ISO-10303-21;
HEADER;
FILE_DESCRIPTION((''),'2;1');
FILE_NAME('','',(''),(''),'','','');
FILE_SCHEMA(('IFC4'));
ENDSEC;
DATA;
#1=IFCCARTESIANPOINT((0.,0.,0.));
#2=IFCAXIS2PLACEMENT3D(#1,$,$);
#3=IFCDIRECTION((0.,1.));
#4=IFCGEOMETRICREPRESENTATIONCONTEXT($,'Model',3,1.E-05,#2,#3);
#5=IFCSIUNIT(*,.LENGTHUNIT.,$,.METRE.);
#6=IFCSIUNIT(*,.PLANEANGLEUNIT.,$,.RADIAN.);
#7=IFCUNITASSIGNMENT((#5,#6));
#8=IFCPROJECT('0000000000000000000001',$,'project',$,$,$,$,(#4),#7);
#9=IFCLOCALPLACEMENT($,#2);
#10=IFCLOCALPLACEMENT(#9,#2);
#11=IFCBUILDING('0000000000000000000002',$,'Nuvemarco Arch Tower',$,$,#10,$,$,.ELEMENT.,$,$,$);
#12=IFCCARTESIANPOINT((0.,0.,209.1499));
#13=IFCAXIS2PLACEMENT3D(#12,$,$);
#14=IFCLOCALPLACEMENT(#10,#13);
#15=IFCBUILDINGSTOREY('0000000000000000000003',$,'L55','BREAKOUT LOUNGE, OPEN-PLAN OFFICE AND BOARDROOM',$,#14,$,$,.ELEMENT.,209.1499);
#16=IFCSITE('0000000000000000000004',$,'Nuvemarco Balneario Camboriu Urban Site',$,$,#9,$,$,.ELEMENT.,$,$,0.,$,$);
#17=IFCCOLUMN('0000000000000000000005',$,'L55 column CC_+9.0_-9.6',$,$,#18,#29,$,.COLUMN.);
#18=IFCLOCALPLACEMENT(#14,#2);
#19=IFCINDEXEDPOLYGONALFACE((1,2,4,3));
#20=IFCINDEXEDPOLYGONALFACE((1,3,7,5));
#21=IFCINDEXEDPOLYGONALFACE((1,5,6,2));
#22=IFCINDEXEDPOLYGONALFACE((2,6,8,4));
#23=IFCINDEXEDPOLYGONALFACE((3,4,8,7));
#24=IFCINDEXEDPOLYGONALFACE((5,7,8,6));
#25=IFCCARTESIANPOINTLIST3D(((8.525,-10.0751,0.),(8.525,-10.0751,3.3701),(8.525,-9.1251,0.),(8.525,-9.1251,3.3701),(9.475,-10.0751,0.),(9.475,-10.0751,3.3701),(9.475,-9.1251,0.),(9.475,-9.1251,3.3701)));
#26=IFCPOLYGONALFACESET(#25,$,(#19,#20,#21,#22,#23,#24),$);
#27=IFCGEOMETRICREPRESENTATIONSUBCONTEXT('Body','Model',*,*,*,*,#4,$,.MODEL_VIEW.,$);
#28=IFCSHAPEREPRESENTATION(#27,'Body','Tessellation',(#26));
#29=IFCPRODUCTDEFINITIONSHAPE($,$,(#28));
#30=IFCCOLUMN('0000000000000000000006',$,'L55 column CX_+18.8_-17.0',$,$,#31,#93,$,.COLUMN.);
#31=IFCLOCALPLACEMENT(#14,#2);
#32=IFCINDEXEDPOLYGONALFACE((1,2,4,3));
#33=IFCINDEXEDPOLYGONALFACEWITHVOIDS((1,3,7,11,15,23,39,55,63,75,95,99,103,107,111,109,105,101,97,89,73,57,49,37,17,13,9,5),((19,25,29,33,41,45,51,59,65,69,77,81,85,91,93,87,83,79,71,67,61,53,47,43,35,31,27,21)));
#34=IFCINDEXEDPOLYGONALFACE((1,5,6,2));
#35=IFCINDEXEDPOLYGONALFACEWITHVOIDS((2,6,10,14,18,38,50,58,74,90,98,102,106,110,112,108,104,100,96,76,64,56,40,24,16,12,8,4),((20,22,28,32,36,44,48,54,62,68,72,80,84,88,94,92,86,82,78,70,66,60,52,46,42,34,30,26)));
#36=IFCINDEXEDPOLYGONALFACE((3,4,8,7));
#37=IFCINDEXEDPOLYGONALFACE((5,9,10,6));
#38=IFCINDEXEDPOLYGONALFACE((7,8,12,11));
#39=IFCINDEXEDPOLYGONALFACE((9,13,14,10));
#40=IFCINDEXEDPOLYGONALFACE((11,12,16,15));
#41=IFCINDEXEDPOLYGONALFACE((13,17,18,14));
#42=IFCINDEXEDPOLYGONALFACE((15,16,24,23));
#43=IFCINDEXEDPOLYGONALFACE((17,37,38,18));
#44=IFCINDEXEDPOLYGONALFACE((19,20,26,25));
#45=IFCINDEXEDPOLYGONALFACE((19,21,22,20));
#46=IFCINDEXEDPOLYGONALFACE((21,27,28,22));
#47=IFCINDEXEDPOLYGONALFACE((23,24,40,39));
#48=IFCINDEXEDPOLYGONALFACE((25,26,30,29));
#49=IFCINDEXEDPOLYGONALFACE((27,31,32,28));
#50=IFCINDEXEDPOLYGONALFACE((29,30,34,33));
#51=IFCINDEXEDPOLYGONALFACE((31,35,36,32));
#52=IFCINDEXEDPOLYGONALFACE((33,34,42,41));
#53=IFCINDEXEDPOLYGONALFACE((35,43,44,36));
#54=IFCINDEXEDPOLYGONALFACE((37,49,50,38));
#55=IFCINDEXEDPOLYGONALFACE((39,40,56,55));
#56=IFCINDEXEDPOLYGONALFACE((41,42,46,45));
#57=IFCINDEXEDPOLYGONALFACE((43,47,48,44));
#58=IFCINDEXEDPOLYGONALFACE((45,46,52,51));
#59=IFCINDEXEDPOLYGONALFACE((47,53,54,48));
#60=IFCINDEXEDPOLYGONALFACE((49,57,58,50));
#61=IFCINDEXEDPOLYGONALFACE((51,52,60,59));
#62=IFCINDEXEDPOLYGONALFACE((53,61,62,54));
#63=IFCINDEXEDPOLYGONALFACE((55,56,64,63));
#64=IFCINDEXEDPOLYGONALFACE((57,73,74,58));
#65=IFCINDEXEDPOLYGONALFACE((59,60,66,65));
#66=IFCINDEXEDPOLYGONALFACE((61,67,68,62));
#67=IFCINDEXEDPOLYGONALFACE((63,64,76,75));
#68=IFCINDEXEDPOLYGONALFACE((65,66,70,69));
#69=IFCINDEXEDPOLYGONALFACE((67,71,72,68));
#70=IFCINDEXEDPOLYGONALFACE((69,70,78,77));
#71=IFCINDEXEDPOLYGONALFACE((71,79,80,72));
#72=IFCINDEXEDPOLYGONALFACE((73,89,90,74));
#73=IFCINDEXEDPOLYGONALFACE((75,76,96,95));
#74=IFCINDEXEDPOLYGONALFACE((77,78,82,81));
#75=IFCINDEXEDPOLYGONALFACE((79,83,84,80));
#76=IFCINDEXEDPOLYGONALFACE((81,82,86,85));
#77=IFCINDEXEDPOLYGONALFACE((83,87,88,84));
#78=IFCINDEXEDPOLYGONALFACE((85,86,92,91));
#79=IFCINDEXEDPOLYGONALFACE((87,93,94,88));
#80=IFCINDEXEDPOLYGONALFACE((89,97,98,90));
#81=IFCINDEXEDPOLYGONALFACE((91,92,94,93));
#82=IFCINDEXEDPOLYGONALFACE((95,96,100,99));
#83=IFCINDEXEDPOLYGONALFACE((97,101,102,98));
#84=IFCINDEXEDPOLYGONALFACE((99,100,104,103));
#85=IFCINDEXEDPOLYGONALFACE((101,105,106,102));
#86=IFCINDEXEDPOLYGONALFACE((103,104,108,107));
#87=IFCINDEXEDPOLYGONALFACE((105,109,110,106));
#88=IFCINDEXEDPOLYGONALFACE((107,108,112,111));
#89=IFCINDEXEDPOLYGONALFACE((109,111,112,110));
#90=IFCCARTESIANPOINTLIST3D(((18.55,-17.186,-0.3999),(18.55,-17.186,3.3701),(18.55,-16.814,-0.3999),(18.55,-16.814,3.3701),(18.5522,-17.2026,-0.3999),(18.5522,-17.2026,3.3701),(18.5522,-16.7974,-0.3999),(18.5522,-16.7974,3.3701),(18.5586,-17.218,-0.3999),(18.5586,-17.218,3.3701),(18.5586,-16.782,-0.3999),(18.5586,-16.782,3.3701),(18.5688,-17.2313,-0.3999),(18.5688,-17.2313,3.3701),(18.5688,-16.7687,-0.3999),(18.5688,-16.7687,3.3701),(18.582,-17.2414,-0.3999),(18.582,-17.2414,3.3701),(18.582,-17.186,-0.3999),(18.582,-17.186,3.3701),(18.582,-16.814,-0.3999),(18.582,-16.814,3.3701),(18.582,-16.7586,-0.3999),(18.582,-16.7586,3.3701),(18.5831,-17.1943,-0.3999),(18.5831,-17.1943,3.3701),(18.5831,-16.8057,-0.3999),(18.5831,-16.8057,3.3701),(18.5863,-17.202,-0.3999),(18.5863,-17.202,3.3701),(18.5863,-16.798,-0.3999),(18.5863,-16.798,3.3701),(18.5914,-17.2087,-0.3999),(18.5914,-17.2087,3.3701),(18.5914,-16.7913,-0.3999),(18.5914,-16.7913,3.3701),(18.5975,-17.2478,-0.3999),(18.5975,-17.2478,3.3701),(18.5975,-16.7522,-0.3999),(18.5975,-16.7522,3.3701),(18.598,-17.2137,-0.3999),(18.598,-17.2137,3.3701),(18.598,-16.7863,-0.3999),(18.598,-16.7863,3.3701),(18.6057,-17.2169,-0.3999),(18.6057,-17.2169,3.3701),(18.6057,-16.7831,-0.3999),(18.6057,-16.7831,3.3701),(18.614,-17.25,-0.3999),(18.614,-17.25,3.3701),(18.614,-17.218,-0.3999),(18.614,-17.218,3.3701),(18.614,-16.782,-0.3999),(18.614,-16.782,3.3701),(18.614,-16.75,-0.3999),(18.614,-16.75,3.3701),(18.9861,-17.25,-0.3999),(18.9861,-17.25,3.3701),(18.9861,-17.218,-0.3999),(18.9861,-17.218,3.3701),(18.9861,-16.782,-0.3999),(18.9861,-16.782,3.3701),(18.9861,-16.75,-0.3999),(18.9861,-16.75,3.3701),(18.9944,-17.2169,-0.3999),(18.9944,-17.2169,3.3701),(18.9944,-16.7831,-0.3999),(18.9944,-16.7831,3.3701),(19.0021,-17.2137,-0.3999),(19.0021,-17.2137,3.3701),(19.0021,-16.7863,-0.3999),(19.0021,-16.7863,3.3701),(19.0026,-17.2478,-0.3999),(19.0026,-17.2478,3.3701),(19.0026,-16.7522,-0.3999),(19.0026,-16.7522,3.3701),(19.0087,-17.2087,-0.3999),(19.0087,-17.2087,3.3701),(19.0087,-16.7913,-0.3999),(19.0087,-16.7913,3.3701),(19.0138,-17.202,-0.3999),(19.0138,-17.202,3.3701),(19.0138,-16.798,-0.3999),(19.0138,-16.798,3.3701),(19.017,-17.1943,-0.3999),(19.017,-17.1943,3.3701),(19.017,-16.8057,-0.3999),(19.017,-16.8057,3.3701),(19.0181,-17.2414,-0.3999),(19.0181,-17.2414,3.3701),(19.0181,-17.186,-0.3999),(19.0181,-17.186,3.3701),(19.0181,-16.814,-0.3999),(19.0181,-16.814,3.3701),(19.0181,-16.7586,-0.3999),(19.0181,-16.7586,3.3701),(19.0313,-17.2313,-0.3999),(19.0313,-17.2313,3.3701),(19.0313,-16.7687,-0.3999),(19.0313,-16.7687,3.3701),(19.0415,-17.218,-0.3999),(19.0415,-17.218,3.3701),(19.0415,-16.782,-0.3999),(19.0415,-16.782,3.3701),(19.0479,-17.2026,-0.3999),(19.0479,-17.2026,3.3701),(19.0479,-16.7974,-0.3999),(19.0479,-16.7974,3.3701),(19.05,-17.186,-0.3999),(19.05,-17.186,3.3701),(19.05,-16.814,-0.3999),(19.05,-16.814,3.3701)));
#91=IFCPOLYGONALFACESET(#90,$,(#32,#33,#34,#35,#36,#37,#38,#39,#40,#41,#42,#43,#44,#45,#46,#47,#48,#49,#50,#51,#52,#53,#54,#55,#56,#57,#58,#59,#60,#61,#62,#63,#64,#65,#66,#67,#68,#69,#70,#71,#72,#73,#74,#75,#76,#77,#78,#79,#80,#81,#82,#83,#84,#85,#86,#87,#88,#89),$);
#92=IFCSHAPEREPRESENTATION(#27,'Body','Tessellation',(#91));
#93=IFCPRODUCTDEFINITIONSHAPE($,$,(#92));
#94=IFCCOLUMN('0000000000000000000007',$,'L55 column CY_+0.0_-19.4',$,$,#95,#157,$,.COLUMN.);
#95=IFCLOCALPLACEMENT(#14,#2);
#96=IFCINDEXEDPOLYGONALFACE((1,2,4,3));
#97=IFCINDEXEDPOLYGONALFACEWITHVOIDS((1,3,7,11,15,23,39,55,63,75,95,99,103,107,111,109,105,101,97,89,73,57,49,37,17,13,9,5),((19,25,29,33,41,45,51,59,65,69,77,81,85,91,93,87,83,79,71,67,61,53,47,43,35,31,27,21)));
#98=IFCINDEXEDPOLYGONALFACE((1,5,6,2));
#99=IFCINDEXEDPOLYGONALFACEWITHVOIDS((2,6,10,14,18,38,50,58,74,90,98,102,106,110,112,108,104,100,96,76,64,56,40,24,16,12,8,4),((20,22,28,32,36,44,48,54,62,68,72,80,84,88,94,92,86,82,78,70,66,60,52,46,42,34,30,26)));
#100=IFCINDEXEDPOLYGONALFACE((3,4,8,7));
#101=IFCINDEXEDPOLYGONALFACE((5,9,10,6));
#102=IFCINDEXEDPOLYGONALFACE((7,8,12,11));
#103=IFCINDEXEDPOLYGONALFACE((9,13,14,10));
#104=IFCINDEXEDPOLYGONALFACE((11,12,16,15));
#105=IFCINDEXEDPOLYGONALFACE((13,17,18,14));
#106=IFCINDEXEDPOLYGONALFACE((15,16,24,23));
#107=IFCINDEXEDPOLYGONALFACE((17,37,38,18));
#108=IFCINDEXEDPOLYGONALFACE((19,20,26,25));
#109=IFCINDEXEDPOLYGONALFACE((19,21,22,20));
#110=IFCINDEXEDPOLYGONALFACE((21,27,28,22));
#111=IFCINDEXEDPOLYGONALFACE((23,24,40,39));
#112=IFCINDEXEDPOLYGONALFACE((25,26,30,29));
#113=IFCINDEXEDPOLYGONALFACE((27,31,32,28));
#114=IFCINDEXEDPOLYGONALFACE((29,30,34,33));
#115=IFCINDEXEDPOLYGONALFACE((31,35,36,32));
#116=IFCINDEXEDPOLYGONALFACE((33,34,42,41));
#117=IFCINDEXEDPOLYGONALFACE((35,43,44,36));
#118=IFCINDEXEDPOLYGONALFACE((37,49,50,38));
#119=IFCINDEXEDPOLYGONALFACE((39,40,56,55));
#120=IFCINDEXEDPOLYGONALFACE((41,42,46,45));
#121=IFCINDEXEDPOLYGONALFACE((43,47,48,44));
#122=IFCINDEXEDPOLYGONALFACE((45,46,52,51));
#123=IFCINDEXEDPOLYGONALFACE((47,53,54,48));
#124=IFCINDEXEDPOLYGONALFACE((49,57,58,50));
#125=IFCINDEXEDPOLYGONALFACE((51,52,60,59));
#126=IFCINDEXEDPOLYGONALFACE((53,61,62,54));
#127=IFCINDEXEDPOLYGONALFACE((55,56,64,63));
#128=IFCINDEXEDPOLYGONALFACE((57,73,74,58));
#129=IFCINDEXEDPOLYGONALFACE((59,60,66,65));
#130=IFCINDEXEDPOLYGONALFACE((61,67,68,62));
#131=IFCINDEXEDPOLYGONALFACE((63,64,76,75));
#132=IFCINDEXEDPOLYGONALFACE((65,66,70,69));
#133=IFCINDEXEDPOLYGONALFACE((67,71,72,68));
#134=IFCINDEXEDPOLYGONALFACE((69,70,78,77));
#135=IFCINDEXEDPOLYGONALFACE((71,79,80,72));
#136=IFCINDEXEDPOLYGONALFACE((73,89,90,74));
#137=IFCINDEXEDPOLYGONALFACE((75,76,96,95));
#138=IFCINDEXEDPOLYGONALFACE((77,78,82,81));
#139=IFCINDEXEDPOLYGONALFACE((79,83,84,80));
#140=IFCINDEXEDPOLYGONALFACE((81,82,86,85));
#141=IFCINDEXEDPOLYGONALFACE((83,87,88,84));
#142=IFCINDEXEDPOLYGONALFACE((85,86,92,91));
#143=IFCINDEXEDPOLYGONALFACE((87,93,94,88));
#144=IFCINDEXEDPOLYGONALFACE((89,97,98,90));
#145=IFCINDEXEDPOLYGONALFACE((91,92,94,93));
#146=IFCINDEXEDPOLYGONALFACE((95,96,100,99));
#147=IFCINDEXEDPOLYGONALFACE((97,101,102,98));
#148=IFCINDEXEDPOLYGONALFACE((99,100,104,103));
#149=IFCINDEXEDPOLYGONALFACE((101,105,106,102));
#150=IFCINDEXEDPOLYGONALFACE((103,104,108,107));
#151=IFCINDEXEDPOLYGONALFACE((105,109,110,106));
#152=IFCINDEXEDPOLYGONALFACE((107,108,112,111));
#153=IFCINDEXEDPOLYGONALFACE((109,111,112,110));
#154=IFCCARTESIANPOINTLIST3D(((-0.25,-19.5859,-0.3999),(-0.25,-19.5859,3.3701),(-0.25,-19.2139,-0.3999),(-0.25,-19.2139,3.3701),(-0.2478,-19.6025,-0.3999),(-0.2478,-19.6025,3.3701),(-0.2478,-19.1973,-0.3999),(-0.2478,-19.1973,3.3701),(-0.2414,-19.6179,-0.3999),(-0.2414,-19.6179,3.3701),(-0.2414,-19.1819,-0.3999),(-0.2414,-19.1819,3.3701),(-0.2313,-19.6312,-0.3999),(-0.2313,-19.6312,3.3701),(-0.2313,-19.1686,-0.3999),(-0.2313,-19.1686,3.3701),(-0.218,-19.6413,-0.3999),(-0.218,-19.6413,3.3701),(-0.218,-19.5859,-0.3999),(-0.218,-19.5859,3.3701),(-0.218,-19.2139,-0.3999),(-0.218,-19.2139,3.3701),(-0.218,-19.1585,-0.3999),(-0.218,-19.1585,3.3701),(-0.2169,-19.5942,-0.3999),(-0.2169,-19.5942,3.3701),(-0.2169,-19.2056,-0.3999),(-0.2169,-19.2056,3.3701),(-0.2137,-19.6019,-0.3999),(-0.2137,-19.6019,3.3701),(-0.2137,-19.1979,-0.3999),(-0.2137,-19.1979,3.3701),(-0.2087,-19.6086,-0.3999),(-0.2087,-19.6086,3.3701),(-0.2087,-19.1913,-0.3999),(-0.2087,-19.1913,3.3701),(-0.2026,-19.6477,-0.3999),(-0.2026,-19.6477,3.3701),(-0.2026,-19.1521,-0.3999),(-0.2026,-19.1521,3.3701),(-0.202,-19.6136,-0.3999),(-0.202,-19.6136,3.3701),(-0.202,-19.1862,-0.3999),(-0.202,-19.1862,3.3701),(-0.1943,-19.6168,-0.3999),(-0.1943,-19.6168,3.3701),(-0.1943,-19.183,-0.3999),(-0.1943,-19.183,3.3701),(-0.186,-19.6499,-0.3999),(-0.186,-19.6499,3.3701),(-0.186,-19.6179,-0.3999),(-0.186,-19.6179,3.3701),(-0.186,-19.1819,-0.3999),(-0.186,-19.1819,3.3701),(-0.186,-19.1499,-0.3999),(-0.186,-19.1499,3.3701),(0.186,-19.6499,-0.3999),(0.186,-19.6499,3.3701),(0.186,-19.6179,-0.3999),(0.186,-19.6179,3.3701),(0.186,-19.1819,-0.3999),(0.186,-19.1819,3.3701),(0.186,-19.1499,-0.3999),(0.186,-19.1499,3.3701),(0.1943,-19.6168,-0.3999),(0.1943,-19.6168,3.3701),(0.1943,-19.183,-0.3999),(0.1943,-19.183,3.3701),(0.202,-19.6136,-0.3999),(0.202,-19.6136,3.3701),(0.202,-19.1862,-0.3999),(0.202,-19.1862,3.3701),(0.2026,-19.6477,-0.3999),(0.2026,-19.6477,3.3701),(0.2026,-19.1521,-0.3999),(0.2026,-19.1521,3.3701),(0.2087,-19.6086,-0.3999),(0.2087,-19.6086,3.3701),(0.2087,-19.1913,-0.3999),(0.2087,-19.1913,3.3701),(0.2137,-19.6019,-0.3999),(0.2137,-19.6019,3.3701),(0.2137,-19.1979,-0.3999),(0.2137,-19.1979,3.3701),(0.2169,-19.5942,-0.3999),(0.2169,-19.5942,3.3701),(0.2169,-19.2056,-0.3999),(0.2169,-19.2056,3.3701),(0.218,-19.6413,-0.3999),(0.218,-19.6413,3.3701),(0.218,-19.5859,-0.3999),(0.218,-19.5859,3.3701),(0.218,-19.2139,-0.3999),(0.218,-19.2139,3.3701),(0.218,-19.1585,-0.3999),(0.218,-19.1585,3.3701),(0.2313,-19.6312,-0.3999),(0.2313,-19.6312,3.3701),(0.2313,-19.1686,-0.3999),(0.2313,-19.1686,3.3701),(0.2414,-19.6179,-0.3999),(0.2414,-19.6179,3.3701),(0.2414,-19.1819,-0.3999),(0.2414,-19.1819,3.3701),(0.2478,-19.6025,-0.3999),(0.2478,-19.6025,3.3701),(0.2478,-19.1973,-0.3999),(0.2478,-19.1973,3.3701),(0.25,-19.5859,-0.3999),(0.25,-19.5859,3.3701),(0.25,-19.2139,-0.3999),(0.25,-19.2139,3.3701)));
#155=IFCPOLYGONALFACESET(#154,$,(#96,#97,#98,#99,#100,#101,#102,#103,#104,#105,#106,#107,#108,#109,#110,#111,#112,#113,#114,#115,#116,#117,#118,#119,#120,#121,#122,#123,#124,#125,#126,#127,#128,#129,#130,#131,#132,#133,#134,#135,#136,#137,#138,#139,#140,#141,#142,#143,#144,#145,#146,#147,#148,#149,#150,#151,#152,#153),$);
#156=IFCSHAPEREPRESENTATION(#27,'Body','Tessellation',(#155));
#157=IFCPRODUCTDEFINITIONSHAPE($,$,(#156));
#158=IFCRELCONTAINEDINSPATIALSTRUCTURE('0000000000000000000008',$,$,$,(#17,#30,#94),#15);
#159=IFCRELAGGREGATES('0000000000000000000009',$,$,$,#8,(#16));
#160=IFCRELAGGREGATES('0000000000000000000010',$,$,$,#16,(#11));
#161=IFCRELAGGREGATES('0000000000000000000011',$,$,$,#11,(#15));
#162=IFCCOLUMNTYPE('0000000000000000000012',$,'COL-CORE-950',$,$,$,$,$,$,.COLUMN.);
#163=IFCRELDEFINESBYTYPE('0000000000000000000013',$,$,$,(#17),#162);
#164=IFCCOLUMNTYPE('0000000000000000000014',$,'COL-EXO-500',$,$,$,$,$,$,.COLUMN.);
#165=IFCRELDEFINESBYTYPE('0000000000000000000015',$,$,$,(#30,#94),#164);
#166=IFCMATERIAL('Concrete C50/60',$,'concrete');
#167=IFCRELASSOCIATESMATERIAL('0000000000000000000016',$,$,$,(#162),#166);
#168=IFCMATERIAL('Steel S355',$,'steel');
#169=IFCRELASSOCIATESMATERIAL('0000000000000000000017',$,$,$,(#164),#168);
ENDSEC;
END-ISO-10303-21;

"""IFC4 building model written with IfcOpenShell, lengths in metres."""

from ifc_helpers import new_model, si_unit, direction, frame, origin, origin_2d, place, context, subcontext, project, spatial, rectangle, hollow_rectangle, extrude, material, material_profile, profile_set, type_object, element, save


model = new_model("IFC4")

# Units and contexts
model_context = context("Model", 3, precision=1e-05, world=origin(), true_north=direction((0.0, 1.0)))
body_context = subcontext(model_context, "Body", "Model", "MODEL_VIEW")
ifc_project = project(units=[si_unit("LENGTHUNIT", "METRE"), si_unit("PLANEANGLEUNIT", "RADIAN")], contexts=[model_context])

# Site, building, storey
site_placement = place(None, origin())
site = spatial("IfcSite", under=ifc_project, at=site_placement, Name="Nuvemarco Balneario Camboriu Urban Site", CompositionType="ELEMENT", RefElevation=0.0)
building_placement = place(site_placement, origin())
building = spatial("IfcBuilding", under=site, at=building_placement, Name="Nuvemarco Arch Tower", CompositionType="ELEMENT")
storey_placement = place(building_placement, frame((0.0, 0.0, 209.1499)))
storey = spatial("IfcBuildingStorey", under=building, at=storey_placement, Name="L55", Description="BREAKOUT LOUNGE, OPEN-PLAN OFFICE AND BOARDROOM", CompositionType="ELEMENT", Elevation=209.1499)

# Columns
ifc_material_1 = material(Name="Concrete C50/60", Category="concrete")
ifc_material_profile_1 = material_profile(ifc_material_1, rectangle(XDim=0.95, YDim=0.95, at=origin_2d()), Name="RC-COL-950x950")
ifc_profile_set_1 = profile_set([ifc_material_profile_1], Name="Concrete C50/60")
column_type_1 = type_object("IfcColumnType", Name="COL-CORE-950", PredefinedType="COLUMN", material=ifc_profile_set_1)
column_placement = place(storey_placement, frame((9.0, -9.6001, 0.0), z_axis=(0.0, 0.0, 1.0), x_axis=(1.0, 0.0, 0.0)))
element("IfcColumn", 1, at=column_placement, inside=storey, type_object=column_type_1, Name="L55 column CC_+9.0_-9.6", PredefinedType="COLUMN", context=body_context, shape_type="SweptSolid", body=[
    extrude(rectangle(XDim=0.95, YDim=0.95, at=origin_2d()), origin(), (0.0, 0.0, 1.0), 3.3701),
])
ifc_material_2 = material(Name="Steel S355", Category="steel")
ifc_material_profile_2 = material_profile(ifc_material_2, hollow_rectangle(XDim=0.5, YDim=0.5, WallThickness=0.032, InnerFilletRadius=0.032, OuterFilletRadius=0.064, at=origin_2d()), Name="SHS500x500x32")
ifc_profile_set_2 = profile_set([ifc_material_profile_2], Name="Steel S355")
column_type_2 = type_object("IfcColumnType", Name="COL-EXO-500", PredefinedType="COLUMN", material=ifc_profile_set_2)
for number, where, z_axis, x_axis, name in (
    (2, (18.8, -17.0, -0.3999), (0.0, 0.0, 1.0), (1.0, 0.0, 0.0), "L55 column CX_+18.8_-17.0"),
    (3, (0.0, -19.3999, -0.3999), (0.0, 0.0, 1.0), (1.0, 0.0, 0.0), "L55 column CY_+0.0_-19.4"),
):
    element("IfcColumn", number, at=place(storey_placement, frame(where, z_axis=z_axis, x_axis=x_axis)), inside=storey, type_object=column_type_2, Name=name, PredefinedType="COLUMN", context=body_context, shape_type="SweptSolid", body=[
        extrude(hollow_rectangle(XDim=0.5, YDim=0.5, WallThickness=0.032, InnerFilletRadius=0.032, OuterFilletRadius=0.064, at=origin_2d()), origin(), (0.0, 0.0, 1.0), 3.77),
    ])

save(model, "model.ifc")
